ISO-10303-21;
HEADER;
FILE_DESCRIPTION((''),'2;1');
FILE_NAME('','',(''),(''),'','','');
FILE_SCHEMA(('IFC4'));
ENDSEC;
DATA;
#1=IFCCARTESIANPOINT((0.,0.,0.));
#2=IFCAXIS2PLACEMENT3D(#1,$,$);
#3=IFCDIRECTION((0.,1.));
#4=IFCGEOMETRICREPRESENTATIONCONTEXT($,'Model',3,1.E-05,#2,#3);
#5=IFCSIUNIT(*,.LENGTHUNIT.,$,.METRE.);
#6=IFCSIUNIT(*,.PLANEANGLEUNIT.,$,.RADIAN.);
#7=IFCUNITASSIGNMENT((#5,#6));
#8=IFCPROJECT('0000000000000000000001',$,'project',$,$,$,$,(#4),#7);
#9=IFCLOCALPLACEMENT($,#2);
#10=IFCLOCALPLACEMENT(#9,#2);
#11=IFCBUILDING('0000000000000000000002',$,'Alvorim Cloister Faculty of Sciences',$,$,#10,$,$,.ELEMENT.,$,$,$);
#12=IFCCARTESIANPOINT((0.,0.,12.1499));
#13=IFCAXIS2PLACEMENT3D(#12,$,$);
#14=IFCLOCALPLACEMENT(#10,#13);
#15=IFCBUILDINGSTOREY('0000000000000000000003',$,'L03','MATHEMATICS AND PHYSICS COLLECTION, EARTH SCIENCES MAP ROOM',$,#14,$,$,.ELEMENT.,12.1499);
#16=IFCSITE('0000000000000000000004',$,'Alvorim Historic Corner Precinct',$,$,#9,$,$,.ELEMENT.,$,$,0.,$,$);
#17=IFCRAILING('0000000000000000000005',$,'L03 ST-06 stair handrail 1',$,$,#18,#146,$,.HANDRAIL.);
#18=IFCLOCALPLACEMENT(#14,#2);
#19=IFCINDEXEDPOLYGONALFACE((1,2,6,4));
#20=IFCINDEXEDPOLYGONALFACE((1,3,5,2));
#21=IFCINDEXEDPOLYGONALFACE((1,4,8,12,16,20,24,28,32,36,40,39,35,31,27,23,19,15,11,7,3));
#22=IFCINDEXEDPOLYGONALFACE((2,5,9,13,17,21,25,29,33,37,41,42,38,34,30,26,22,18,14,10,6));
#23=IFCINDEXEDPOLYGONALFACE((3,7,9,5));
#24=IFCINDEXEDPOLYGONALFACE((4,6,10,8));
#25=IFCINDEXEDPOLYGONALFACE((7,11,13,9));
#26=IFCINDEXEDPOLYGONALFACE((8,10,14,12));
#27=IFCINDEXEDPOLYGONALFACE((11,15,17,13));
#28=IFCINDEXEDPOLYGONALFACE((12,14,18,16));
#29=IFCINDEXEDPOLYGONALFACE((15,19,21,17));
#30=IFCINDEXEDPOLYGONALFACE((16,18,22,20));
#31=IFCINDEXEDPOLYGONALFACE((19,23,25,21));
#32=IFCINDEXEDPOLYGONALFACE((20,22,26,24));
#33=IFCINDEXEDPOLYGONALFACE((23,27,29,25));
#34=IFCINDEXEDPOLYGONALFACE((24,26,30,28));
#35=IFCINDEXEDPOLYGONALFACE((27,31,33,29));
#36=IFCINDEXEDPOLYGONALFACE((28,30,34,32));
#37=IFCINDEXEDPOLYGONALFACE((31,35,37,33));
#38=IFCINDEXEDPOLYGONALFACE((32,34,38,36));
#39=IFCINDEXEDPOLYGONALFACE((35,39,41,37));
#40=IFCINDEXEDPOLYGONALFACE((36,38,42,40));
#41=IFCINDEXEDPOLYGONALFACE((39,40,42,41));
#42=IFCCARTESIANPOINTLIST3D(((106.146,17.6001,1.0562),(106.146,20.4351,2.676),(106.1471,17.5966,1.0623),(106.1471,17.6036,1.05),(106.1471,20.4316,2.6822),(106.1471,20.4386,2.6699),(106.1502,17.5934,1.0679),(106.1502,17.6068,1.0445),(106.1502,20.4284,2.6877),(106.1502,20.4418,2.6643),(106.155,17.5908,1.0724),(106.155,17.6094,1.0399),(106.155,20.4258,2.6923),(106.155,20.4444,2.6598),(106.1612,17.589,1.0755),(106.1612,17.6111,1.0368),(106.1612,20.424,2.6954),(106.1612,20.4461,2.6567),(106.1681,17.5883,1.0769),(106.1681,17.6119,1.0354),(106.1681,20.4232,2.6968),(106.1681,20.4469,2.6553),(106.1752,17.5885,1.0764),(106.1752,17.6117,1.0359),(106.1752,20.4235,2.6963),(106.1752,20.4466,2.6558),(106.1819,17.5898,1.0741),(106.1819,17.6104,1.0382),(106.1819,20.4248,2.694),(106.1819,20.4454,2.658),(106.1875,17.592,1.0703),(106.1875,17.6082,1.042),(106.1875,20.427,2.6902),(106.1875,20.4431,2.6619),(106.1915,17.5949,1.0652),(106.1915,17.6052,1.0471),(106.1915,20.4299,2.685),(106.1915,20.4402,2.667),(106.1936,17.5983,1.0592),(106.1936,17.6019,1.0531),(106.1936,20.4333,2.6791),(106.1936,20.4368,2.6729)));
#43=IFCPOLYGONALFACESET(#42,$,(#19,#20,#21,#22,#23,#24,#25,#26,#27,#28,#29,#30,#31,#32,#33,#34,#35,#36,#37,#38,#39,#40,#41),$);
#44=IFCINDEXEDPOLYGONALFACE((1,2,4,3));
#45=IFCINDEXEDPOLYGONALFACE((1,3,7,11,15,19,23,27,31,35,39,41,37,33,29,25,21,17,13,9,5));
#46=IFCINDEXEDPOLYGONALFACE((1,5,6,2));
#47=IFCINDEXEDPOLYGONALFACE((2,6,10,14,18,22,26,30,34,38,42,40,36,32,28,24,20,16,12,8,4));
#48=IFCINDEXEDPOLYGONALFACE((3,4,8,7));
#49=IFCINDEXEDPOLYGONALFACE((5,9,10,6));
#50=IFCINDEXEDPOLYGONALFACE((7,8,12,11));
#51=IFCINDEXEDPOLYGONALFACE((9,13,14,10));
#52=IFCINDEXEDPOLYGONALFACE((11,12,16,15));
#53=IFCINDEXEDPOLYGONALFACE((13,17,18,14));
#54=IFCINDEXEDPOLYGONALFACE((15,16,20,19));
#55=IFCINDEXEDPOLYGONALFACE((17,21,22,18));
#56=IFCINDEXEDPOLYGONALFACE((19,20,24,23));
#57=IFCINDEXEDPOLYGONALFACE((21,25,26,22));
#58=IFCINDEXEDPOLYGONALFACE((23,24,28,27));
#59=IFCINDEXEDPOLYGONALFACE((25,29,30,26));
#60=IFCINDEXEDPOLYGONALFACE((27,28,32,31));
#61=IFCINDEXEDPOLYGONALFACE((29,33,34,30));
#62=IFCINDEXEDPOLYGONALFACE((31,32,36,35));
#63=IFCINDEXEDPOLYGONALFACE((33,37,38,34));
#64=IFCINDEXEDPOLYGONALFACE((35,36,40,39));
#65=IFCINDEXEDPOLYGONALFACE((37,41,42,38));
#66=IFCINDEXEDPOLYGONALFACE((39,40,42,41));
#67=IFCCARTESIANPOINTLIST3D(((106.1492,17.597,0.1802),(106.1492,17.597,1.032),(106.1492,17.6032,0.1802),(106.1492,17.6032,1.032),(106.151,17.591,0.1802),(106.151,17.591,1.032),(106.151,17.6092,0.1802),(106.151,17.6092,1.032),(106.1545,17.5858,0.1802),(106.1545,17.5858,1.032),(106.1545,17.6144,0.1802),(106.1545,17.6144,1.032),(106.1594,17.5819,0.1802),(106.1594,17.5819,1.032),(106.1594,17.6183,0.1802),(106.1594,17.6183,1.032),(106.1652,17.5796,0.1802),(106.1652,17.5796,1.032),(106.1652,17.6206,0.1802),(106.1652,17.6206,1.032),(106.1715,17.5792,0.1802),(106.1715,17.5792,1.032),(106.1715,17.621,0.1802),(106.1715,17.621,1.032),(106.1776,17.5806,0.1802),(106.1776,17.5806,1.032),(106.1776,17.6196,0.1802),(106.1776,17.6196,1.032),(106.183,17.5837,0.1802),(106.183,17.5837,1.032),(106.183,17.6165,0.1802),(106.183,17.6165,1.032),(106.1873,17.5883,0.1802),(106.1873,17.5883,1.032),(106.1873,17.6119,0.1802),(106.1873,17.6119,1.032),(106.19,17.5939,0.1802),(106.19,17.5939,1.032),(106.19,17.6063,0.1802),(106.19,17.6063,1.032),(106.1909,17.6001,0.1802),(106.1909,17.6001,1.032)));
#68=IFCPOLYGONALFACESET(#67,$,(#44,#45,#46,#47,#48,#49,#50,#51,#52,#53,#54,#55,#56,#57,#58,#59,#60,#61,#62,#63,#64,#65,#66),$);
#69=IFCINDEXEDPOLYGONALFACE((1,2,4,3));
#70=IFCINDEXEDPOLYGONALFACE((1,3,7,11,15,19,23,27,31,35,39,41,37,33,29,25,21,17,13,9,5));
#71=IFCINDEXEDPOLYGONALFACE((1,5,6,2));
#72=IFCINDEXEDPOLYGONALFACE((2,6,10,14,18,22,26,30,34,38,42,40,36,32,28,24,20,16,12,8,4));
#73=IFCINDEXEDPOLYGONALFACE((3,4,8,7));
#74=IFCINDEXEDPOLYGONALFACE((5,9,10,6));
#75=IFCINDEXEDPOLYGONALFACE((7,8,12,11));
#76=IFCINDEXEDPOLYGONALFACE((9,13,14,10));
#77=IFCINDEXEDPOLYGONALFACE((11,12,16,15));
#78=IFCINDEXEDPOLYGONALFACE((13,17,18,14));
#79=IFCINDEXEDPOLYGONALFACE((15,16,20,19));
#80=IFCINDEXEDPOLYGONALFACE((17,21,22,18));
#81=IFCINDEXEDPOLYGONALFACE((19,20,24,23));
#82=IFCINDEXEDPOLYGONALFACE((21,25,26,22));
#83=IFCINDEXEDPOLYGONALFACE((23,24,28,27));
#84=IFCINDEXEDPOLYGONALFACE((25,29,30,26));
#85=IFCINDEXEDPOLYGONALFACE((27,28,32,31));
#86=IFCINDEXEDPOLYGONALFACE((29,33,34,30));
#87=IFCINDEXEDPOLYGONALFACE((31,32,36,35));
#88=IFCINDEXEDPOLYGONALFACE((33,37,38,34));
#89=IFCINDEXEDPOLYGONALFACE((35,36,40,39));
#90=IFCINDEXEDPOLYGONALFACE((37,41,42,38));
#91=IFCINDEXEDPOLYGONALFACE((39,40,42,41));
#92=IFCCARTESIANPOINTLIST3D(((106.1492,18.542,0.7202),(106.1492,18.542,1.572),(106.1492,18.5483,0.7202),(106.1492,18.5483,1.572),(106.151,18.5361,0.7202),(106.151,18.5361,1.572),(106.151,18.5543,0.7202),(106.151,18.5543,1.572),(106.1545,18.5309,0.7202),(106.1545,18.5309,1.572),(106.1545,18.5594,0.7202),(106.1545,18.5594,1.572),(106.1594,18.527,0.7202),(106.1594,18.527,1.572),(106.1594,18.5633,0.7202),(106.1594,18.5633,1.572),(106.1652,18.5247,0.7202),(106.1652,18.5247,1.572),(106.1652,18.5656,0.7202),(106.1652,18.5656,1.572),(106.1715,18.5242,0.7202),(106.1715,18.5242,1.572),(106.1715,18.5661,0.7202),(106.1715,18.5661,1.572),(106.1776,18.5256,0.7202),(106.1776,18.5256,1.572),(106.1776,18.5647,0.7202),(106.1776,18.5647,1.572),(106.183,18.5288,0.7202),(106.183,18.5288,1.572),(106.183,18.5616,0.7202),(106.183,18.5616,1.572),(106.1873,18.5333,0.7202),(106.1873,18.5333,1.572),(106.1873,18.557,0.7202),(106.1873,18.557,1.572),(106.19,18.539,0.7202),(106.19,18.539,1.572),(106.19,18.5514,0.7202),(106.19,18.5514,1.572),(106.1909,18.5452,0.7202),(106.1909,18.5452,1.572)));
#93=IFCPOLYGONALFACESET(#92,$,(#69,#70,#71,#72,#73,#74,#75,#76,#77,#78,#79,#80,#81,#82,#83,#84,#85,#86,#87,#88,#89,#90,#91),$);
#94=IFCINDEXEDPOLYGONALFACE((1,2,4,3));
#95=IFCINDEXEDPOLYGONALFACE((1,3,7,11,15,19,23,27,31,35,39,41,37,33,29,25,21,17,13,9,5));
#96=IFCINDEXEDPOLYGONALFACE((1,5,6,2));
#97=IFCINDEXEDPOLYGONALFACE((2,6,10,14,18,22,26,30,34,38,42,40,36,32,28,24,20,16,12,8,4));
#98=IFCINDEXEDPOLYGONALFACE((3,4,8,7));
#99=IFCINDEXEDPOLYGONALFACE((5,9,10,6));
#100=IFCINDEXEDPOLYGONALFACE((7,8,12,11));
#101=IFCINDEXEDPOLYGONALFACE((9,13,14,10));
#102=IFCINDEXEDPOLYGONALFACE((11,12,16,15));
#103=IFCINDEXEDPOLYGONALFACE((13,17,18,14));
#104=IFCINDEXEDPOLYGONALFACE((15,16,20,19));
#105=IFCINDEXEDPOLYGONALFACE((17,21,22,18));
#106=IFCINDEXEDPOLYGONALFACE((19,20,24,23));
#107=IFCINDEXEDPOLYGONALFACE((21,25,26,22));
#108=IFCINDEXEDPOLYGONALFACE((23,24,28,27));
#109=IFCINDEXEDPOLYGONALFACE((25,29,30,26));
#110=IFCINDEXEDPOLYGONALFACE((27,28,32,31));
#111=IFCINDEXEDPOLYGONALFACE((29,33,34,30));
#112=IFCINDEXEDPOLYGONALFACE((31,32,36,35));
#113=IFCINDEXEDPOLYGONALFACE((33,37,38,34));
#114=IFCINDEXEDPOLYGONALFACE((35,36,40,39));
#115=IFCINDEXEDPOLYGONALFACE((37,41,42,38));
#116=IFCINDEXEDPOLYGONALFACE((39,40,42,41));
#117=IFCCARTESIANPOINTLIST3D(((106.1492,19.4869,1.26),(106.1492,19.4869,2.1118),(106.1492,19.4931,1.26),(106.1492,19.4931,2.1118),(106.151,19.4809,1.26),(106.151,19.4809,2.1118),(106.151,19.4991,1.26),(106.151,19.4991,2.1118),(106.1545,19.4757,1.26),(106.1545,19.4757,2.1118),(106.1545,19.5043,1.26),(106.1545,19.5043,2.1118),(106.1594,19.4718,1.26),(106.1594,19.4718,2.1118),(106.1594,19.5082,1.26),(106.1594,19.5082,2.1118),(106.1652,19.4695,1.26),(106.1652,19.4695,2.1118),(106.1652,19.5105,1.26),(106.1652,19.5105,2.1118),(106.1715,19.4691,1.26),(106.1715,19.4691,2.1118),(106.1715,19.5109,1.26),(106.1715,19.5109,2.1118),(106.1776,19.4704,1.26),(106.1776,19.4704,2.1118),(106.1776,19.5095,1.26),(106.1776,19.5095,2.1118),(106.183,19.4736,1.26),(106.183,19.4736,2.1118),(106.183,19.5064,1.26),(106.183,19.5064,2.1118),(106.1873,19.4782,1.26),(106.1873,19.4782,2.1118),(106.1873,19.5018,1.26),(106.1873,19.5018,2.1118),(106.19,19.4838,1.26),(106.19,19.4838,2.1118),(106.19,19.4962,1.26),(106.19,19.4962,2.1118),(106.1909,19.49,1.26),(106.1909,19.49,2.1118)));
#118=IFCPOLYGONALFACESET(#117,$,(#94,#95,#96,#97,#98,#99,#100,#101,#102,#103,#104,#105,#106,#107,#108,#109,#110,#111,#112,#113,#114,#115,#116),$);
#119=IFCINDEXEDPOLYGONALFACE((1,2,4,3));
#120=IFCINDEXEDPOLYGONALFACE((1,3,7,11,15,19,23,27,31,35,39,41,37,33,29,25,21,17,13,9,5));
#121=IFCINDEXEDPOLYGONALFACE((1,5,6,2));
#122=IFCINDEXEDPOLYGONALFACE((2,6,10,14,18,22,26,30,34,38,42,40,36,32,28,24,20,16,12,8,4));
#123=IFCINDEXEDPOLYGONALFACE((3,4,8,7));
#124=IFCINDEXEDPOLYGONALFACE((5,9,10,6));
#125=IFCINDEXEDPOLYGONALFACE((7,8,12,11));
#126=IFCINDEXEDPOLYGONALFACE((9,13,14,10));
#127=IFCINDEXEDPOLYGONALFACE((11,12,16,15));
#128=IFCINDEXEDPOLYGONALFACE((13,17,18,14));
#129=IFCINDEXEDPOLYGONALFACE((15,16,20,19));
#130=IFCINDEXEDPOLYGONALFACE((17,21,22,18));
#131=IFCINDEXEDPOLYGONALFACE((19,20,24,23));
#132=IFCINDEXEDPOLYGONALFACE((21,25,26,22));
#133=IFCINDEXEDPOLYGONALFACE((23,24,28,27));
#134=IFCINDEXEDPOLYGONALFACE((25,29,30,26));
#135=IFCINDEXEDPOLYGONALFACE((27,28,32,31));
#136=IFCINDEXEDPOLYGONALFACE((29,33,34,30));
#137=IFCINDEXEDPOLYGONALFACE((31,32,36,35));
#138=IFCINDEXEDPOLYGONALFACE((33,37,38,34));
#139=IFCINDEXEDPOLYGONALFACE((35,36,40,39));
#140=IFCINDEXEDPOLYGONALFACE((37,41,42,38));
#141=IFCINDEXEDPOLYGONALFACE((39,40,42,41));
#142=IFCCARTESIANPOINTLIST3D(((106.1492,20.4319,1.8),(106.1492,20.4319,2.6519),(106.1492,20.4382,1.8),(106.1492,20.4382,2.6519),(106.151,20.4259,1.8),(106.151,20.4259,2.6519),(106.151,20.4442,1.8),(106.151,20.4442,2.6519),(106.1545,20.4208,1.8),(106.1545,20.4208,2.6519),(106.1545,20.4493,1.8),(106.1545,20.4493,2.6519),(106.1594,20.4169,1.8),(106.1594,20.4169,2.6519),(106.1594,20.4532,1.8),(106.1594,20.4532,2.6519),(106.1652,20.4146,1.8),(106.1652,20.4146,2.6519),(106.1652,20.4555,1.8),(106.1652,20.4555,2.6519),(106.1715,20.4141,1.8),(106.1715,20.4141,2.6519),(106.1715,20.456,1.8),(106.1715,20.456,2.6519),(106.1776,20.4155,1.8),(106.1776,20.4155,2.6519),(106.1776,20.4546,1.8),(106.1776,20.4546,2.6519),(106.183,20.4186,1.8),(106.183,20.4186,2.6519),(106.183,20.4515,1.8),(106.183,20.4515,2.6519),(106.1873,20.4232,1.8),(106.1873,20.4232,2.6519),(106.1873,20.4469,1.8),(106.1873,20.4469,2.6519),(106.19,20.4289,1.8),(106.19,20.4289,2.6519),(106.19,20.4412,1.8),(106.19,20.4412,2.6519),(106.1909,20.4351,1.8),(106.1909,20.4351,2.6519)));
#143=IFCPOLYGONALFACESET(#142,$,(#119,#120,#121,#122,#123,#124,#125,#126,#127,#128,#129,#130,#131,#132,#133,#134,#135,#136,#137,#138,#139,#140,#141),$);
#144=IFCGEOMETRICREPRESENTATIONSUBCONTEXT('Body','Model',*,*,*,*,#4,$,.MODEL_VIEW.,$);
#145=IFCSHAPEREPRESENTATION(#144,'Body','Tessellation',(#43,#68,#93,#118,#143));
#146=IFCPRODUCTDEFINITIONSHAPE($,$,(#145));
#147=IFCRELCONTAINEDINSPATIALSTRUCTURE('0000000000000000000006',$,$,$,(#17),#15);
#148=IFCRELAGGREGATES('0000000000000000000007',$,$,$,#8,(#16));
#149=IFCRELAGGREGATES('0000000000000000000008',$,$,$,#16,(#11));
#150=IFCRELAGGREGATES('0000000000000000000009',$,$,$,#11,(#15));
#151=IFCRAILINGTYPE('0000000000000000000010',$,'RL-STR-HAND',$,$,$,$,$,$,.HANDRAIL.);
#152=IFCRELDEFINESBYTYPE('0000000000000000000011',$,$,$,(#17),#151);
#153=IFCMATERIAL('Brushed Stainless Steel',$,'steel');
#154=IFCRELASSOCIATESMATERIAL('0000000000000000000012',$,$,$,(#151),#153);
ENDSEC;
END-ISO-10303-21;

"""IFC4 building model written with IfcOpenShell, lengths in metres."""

from ifc_helpers import new_model, si_unit, direction, frame, origin, origin_2d, place, context, subcontext, project, spatial, circle, extrude, material, type_object, element, save


model = new_model("IFC4")

# Units and contexts
model_context = context("Model", 3, precision=1e-05, world=origin(), true_north=direction((0.0, 1.0)))
body_context = subcontext(model_context, "Body", "Model", "MODEL_VIEW")
ifc_project = project(units=[si_unit("LENGTHUNIT", "METRE"), si_unit("PLANEANGLEUNIT", "RADIAN")], contexts=[model_context])

# Site, building, storey
site_placement = place(None, origin())
site = spatial("IfcSite", under=ifc_project, at=site_placement, Name="Alvorim Historic Corner Precinct", CompositionType="ELEMENT", RefElevation=0.0)
building_placement = place(site_placement, origin())
building = spatial("IfcBuilding", under=site, at=building_placement, Name="Alvorim Cloister Faculty of Sciences", CompositionType="ELEMENT")
storey_placement = place(building_placement, frame((0.0, 0.0, 12.1499)))
storey = spatial("IfcBuildingStorey", under=building, at=storey_placement, Name="L03", Description="MATHEMATICS AND PHYSICS COLLECTION, EARTH SCIENCES MAP ROOM", CompositionType="ELEMENT", Elevation=12.1499)

# Railing
ifc_material_1 = material(Name="Brushed Stainless Steel", Category="steel")
railing_type_1 = type_object("IfcRailingType", Name="RL-STR-HAND", PredefinedType="HANDRAIL", material=ifc_material_1)
railing_1_placement = place(storey_placement, frame((106.1699, 17.6001, 0.1802)))
element("IfcRailing", 1, at=railing_1_placement, inside=storey, type_object=railing_type_1, Name="L03 ST-06 stair handrail 1", PredefinedType="HANDRAIL", context=body_context, shape_type="SweptSolid", body=[
    extrude(circle(Radius=0.0239, at=origin_2d()), frame((0.0, 0.0, 0.876), z_axis=(0.0, 0.868257, 0.496115), x_axis=(-1.0, 0.0, 0.0)), (0.0, 0.0, 1.0), 3.2651),
    extrude(circle(Radius=0.021, at=origin_2d()), origin(), (0.0, 0.0, 1.0), 0.8518),
    extrude(circle(Radius=0.021, at=origin_2d()), frame((0.0, 0.9451, 0.54)), (0.0, 0.0, 1.0), 0.8518),
    extrude(circle(Radius=0.021, at=origin_2d()), frame((0.0, 1.8899, 1.0798)), (0.0, 0.0, 1.0), 0.8518),
    extrude(circle(Radius=0.021, at=origin_2d()), frame((0.0, 2.835, 1.6199)), (0.0, 0.0, 1.0), 0.8518),
])

save(model, "model.ifc")
